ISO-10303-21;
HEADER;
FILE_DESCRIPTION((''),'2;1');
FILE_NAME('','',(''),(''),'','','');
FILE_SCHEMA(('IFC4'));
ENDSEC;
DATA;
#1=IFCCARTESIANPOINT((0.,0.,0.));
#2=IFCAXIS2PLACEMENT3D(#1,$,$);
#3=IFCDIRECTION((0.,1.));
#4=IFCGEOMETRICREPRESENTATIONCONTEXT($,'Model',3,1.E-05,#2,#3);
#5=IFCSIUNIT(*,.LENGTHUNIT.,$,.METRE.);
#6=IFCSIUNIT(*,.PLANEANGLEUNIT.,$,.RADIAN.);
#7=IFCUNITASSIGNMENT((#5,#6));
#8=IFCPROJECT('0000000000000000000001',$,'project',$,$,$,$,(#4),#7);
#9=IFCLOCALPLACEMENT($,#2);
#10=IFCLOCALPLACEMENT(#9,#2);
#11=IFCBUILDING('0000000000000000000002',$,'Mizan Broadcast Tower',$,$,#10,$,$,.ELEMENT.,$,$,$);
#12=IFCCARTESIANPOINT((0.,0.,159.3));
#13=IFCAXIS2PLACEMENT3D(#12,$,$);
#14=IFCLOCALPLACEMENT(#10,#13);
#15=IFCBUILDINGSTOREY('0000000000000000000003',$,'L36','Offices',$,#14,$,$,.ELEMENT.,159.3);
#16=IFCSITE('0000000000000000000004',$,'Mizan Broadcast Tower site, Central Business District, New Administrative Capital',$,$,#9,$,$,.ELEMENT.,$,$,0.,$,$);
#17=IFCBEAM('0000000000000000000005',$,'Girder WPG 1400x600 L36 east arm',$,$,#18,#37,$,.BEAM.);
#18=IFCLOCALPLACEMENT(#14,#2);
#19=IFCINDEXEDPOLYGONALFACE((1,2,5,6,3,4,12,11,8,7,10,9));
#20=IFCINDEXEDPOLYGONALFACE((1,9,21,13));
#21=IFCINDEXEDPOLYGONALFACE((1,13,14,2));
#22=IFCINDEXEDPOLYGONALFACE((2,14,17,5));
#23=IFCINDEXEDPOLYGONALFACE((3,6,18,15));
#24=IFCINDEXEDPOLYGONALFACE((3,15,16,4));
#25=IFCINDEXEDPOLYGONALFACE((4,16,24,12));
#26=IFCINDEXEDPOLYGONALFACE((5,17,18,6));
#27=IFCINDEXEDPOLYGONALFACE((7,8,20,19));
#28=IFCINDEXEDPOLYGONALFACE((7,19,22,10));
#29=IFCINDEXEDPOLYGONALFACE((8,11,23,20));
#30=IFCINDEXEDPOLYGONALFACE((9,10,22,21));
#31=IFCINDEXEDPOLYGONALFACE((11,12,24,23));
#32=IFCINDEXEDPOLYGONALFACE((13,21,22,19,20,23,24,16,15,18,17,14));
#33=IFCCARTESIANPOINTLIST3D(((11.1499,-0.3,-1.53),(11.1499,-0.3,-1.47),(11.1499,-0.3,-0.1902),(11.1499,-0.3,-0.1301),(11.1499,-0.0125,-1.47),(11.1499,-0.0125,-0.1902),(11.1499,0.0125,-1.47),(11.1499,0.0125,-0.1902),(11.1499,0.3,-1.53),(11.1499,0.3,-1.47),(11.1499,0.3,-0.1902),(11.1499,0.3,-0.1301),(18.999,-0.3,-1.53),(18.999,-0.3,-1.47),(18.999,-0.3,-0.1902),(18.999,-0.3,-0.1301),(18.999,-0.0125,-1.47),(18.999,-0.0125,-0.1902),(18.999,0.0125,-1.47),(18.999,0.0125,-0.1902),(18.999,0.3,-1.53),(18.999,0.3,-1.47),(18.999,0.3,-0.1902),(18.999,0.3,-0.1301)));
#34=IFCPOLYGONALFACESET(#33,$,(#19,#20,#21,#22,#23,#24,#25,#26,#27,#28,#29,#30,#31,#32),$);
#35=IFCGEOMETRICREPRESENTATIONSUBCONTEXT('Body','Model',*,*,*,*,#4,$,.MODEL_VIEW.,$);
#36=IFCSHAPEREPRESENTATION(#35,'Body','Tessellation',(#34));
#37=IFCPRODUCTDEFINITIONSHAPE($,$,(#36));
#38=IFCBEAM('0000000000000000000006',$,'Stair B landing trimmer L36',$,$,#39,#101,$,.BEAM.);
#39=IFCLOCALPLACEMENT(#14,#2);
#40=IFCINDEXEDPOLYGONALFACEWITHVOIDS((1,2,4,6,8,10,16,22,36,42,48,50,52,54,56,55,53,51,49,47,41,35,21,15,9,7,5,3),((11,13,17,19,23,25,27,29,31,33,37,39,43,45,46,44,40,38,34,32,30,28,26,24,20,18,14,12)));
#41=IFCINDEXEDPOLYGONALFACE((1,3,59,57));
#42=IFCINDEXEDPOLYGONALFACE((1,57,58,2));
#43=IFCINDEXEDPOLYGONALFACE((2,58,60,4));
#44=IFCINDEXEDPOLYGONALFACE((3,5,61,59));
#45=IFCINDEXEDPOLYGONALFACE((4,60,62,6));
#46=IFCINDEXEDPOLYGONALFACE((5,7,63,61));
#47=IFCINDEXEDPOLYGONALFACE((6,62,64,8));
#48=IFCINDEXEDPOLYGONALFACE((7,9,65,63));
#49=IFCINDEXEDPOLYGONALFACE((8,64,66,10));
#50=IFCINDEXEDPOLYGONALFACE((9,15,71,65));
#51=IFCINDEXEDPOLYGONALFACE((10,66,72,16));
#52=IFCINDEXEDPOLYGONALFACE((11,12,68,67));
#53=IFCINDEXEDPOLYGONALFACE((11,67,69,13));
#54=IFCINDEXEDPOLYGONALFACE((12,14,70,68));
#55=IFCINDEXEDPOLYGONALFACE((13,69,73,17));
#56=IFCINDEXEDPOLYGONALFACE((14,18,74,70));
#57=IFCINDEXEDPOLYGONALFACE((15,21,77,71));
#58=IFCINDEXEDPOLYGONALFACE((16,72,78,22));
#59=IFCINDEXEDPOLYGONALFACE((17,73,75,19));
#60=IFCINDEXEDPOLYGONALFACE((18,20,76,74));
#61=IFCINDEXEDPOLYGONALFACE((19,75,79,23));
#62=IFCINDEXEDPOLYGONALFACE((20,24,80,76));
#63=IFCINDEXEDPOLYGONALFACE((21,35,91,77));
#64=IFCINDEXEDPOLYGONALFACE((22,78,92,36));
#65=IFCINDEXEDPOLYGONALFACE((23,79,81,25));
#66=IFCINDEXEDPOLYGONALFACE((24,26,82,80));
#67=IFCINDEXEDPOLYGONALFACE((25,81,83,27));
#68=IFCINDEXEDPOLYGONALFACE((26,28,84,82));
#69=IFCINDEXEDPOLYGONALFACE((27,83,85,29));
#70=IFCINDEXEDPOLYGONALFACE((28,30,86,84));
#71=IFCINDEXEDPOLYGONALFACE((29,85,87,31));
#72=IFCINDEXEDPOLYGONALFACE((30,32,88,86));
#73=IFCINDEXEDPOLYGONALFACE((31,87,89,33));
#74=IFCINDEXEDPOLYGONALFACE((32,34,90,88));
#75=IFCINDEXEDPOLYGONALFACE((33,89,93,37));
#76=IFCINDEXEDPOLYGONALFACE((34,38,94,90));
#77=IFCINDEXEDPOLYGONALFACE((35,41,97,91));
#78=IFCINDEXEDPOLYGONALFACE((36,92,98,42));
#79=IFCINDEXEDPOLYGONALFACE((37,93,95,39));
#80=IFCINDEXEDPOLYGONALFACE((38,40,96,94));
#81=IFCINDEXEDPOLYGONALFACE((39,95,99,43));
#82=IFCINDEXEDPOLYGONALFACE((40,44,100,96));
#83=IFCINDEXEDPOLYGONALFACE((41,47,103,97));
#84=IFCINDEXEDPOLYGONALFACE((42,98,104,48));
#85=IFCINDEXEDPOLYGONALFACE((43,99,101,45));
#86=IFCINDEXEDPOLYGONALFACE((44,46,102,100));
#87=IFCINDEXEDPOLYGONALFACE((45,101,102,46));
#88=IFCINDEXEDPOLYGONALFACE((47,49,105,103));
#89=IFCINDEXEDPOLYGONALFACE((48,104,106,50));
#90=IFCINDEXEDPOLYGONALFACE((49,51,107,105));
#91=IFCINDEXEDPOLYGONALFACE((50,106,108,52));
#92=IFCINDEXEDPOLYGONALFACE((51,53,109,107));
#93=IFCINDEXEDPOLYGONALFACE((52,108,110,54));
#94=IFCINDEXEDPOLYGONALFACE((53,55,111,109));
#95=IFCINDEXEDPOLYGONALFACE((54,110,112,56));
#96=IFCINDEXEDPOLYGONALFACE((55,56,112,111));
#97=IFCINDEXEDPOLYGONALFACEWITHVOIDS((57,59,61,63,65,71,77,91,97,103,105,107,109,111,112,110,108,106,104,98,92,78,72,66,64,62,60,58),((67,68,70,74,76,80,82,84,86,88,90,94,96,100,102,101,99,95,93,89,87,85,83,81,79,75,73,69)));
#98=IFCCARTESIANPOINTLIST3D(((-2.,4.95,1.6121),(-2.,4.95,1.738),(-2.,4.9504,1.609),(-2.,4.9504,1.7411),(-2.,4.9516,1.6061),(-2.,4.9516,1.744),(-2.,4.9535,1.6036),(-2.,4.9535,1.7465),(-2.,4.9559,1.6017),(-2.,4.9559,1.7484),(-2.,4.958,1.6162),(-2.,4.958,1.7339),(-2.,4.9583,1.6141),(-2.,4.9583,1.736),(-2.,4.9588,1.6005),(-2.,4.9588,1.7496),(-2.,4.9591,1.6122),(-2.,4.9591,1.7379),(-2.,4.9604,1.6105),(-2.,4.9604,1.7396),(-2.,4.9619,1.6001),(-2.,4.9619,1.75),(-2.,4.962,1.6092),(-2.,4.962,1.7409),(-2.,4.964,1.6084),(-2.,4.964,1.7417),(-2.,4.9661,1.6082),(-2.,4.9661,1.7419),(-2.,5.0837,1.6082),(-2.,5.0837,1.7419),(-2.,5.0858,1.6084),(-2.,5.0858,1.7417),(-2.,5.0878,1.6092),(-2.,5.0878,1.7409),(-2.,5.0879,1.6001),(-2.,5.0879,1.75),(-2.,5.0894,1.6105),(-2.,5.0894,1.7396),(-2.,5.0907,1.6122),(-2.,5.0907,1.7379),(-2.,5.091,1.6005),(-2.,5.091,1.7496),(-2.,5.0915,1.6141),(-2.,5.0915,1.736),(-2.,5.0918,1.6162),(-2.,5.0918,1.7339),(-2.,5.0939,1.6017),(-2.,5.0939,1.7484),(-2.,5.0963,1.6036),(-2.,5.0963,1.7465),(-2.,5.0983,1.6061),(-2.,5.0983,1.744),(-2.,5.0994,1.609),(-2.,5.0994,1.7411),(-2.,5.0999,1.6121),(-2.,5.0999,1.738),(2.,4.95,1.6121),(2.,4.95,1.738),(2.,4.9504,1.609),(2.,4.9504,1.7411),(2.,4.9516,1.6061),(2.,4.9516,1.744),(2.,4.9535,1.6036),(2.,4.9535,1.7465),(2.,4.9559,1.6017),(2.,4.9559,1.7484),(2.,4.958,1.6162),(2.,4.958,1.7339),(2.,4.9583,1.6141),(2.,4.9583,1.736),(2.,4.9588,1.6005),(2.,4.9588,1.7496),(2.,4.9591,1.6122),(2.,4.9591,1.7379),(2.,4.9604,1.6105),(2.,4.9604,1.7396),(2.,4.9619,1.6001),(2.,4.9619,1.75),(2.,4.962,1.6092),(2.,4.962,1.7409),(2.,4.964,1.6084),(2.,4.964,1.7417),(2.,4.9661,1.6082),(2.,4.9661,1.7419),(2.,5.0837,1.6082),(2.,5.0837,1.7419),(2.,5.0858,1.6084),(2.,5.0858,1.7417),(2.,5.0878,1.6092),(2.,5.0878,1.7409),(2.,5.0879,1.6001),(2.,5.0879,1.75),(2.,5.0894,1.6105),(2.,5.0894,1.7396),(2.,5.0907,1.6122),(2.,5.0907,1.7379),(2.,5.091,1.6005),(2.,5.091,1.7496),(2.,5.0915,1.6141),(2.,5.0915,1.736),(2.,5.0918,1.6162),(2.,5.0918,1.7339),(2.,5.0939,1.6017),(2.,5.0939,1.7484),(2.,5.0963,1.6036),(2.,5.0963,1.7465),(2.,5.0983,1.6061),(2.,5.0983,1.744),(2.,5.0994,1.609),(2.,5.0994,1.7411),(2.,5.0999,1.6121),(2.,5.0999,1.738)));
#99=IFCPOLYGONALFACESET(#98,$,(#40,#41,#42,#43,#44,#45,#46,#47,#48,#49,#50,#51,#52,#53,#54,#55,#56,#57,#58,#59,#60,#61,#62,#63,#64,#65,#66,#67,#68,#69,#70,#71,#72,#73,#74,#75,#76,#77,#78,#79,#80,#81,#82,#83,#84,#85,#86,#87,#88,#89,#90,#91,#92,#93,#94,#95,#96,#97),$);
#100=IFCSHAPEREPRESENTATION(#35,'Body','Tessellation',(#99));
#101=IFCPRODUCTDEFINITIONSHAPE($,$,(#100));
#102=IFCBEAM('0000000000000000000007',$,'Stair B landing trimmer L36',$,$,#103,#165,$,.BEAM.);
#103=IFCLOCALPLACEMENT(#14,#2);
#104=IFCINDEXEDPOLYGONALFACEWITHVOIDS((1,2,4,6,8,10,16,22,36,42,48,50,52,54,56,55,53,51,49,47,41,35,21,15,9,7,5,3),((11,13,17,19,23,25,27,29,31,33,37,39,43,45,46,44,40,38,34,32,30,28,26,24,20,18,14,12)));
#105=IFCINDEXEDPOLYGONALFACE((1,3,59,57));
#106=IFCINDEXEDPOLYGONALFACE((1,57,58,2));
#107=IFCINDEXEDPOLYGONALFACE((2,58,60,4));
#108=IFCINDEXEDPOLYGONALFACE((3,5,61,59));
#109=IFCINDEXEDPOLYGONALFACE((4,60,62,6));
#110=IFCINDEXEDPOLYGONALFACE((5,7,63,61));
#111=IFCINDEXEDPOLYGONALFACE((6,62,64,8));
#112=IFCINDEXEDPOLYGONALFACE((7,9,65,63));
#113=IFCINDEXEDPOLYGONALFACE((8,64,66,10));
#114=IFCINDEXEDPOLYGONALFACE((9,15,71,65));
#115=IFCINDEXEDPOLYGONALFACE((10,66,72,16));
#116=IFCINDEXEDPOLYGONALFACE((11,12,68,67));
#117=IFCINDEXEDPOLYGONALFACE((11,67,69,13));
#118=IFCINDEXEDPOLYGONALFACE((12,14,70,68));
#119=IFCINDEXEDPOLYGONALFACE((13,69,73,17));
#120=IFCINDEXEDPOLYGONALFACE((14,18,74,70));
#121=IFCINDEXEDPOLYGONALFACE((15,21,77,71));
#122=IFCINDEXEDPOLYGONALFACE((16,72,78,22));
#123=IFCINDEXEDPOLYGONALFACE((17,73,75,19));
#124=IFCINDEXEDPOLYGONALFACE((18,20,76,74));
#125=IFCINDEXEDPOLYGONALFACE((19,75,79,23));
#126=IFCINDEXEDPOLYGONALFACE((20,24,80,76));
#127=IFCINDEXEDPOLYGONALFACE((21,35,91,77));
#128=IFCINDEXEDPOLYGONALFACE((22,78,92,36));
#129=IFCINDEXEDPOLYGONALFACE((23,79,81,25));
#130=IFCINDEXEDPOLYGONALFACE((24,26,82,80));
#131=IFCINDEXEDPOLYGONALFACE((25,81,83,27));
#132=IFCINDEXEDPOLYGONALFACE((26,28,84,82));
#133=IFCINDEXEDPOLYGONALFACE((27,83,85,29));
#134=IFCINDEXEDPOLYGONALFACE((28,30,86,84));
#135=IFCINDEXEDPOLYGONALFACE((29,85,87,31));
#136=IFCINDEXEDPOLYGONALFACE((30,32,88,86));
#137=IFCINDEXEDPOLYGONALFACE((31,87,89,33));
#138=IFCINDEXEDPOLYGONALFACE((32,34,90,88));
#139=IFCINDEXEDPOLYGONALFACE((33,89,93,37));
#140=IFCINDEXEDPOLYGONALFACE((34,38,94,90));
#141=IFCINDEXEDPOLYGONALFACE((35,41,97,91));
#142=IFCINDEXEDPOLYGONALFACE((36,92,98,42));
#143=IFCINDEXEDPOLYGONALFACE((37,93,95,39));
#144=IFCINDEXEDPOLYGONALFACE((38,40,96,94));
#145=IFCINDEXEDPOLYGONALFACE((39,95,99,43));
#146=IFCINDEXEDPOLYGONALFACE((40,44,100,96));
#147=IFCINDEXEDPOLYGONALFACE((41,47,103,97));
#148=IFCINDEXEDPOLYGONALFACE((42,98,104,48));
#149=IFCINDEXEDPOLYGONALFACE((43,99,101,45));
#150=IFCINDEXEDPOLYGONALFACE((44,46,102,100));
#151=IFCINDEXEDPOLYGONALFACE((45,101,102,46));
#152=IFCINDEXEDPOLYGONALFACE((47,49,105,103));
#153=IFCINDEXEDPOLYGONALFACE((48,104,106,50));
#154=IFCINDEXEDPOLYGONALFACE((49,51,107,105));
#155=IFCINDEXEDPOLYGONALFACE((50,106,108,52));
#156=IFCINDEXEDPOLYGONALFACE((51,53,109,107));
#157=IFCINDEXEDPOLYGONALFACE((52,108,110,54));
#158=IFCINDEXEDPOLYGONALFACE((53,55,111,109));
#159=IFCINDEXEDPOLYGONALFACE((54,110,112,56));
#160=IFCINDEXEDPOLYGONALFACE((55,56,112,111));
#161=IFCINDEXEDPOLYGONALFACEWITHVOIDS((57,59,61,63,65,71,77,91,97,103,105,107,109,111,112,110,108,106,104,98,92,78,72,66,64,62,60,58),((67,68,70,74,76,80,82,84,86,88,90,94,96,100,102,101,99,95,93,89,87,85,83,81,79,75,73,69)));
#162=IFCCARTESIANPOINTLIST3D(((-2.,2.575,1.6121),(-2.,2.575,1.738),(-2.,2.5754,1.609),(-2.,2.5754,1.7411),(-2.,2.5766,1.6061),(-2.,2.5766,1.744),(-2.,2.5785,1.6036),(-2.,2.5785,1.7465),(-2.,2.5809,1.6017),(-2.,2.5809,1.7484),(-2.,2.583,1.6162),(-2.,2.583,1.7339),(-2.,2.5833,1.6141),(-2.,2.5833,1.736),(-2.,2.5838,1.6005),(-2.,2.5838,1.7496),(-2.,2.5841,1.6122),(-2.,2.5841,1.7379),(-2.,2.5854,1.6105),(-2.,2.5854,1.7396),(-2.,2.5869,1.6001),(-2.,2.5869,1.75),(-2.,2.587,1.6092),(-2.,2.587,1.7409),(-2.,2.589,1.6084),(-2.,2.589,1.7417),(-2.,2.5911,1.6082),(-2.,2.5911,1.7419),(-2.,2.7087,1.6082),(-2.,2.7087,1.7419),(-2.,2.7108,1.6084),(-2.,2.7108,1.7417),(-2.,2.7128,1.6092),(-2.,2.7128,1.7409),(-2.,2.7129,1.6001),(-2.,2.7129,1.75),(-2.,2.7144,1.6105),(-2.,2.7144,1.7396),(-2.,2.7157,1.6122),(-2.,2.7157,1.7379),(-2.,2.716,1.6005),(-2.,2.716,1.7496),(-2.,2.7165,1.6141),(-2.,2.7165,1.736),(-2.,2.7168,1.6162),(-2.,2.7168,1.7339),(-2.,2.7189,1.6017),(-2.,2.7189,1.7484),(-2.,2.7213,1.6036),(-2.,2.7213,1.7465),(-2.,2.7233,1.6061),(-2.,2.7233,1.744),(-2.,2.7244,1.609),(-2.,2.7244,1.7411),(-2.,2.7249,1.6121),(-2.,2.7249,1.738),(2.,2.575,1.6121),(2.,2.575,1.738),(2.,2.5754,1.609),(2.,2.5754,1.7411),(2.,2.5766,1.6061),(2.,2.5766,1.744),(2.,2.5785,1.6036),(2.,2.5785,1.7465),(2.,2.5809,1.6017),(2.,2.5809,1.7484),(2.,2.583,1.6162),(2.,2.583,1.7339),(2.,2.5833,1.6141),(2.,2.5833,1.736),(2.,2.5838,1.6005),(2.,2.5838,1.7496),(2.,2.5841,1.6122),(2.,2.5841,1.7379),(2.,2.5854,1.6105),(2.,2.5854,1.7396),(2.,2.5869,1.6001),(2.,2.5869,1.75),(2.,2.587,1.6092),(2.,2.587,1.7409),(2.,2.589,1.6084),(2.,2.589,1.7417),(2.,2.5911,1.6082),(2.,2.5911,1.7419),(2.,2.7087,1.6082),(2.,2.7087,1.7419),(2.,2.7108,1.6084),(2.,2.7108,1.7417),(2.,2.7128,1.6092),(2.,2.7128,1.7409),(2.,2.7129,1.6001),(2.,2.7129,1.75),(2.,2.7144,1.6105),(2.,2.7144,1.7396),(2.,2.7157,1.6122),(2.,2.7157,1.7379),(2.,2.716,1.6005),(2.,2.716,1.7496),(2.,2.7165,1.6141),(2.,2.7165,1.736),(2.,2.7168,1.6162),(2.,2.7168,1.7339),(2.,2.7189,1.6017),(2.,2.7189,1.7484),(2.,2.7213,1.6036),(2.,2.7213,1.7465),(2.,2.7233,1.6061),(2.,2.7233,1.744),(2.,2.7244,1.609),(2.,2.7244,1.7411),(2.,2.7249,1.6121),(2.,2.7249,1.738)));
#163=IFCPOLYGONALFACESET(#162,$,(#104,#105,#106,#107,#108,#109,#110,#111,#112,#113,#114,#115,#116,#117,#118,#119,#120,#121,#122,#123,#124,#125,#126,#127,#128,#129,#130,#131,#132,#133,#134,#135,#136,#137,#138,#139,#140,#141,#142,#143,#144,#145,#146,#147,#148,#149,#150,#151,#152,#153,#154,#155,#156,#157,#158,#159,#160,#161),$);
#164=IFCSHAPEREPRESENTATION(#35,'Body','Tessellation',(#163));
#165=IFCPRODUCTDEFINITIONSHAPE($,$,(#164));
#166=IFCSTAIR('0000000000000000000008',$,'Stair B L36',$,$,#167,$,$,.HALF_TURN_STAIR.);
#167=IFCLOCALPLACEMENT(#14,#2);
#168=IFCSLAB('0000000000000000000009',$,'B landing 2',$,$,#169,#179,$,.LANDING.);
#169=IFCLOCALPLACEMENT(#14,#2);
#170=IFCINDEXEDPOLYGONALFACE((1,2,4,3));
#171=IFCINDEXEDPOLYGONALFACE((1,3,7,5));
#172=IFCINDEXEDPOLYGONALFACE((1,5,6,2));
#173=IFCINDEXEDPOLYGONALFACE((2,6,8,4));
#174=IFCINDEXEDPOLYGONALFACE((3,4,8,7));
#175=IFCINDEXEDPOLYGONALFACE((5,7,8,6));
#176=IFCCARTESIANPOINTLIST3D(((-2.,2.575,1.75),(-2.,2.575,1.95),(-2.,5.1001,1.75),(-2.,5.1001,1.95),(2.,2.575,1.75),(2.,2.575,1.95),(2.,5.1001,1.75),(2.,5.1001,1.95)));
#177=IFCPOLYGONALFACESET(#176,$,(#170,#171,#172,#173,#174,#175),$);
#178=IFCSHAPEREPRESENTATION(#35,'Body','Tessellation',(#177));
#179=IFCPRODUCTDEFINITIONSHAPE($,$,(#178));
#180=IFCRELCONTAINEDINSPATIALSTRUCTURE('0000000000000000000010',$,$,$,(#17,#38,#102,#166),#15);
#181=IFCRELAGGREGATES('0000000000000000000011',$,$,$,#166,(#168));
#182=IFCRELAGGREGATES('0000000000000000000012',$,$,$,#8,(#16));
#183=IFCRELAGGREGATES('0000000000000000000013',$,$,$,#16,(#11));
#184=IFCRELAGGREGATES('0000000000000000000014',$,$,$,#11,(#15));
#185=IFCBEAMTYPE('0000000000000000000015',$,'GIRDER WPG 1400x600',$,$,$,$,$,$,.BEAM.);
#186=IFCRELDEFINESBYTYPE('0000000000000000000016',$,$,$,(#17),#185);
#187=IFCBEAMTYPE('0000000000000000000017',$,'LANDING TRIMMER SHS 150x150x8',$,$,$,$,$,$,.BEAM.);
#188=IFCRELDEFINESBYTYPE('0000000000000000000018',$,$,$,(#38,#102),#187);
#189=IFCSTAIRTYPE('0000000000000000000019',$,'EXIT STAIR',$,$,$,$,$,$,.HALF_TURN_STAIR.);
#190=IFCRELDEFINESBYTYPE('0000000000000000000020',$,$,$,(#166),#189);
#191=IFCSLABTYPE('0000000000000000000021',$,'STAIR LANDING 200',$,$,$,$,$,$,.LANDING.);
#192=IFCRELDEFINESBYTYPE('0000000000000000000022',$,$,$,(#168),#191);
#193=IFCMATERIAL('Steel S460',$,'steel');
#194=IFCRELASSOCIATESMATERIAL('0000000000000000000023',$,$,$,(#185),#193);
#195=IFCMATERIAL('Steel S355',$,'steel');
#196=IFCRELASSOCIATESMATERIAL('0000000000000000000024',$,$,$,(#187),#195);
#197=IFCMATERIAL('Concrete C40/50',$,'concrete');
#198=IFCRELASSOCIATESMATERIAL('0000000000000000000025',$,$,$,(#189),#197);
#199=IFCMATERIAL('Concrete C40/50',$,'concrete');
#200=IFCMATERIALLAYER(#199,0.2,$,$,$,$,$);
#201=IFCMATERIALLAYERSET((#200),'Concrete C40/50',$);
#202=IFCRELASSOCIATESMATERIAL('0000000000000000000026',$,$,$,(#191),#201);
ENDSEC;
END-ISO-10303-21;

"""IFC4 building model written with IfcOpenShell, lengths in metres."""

from ifc_helpers import new_model, si_unit, direction, frame, origin, origin_2d, place, context, subcontext, project, spatial, polyline, hollow_rectangle, i_section, outline, extrude, material, layer, layer_set, material_profile, profile_set, type_object, element, aggregate, save


model = new_model("IFC4")

# Units and contexts
model_context = context("Model", 3, precision=1e-05, world=origin(), true_north=direction((0.0, 1.0)))
body_context = subcontext(model_context, "Body", "Model", "MODEL_VIEW")
ifc_project = project(units=[si_unit("LENGTHUNIT", "METRE"), si_unit("PLANEANGLEUNIT", "RADIAN")], contexts=[model_context])

# Site, building, storey
site_placement = place(None, origin())
site = spatial("IfcSite", under=ifc_project, at=site_placement, Name="Mizan Broadcast Tower site, Central Business District, New Administrative Capital", CompositionType="ELEMENT", RefElevation=0.0)
building_placement = place(site_placement, origin())
building = spatial("IfcBuilding", under=site, at=building_placement, Name="Mizan Broadcast Tower", CompositionType="ELEMENT")
storey_placement = place(building_placement, frame((0.0, 0.0, 159.3)))
storey = spatial("IfcBuildingStorey", under=building, at=storey_placement, Name="L36", Description="Offices", CompositionType="ELEMENT", Elevation=159.3)

# Beams
ifc_material_1 = material(Name="Steel S460", Category="steel")
ifc_material_profile_1 = material_profile(ifc_material_1, i_section(OverallWidth=0.6001, OverallDepth=1.3999, WebThickness=0.0249, FlangeThickness=0.0601, at=origin_2d()), Name="WPG 1400x600")
ifc_profile_set_1 = profile_set([ifc_material_profile_1], Name="Steel S460")
beam_type_1 = type_object("IfcBeamType", Name="GIRDER WPG 1400x600", PredefinedType="BEAM", material=ifc_profile_set_1)
beam_placement = place(storey_placement, frame((11.1499, 0.0, -0.8301), z_axis=(1.0, 0.0, 0.0), x_axis=(0.0, 1.0, 0.0)))
element("IfcBeam", 1, at=beam_placement, inside=storey, type_object=beam_type_1, Name="Girder WPG 1400x600 L36 east arm", PredefinedType="BEAM", context=body_context, shape_type="SweptSolid", body=[
    extrude(i_section(OverallWidth=0.6001, OverallDepth=1.3999, WebThickness=0.0249, FlangeThickness=0.0601, at=origin_2d()), origin(), (0.0, 0.0, 1.0), 7.8491),
])
ifc_material_2 = material(Name="Steel S355", Category="steel")
ifc_material_profile_2 = material_profile(ifc_material_2, hollow_rectangle(XDim=0.1499, YDim=0.1499, WallThickness=0.0081, InnerFilletRadius=0.0081, OuterFilletRadius=0.012, at=origin_2d()), Name="SHS 150x150x8")
ifc_profile_set_2 = profile_set([ifc_material_profile_2], Name="Steel S355")
beam_type_2 = type_object("IfcBeamType", Name="LANDING TRIMMER SHS 150x150x8", PredefinedType="BEAM", material=ifc_profile_set_2)
for number, where, z_axis, x_axis, name in (
    (2, (2.0, 5.0249, 1.675), (-1.0, 0.0, 0.0), (0.0, -1.0, 0.0), "Stair B landing trimmer L36"),
    (3, (2.0, 2.6499, 1.675), (-1.0, 0.0, 0.0), (0.0, -1.0, 0.0), "Stair B landing trimmer L36"),
):
    element("IfcBeam", number, at=place(storey_placement, frame(where, z_axis=z_axis, x_axis=x_axis)), inside=storey, type_object=beam_type_2, Name=name, PredefinedType="BEAM", context=body_context, shape_type="SweptSolid", body=[
        extrude(hollow_rectangle(XDim=0.1499, YDim=0.1499, WallThickness=0.0081, InnerFilletRadius=0.0081, OuterFilletRadius=0.012, at=origin_2d()), origin(), (0.0, 0.0, 1.0), 4.0),
    ])

# Stair, slab
ifc_material_3 = material(Name="Concrete C40/50", Category="concrete")
stair_type = type_object("IfcStairType", Name="EXIT STAIR", PredefinedType="HALF_TURN_STAIR", material=ifc_material_3)
stair_placement = place(storey_placement, origin())
stair = element("IfcStair", 4, at=stair_placement, inside=storey, type_object=stair_type, Name="Stair B L36", PredefinedType="HALF_TURN_STAIR")
ifc_material_4 = material(Name="Concrete C40/50", Category="concrete")
ifc_layer_1 = layer(ifc_material_4, 0.2)
ifc_layer_set_1 = layer_set([ifc_layer_1], Name="Concrete C40/50")
slab_type = type_object("IfcSlabType", Name="STAIR LANDING 200", PredefinedType="LANDING", material=ifc_layer_set_1)
slab_placement = place(storey_placement, frame((0.0, 0.0, 1.75)))
slab = element("IfcSlab", 5, at=slab_placement, type_object=slab_type, Name="B landing 2", PredefinedType="LANDING", context=body_context, shape_type="SweptSolid", body=[
    extrude(outline(polyline([(2.0, 5.1001), (2.0, 2.575), (-2.0, 2.575), (-2.0, 5.1001), (2.0, 5.1001)])), origin(), (0.0, 0.0, 1.0), 0.2),
])

aggregate(stair, [slab])

save(model, "model.ifc")
